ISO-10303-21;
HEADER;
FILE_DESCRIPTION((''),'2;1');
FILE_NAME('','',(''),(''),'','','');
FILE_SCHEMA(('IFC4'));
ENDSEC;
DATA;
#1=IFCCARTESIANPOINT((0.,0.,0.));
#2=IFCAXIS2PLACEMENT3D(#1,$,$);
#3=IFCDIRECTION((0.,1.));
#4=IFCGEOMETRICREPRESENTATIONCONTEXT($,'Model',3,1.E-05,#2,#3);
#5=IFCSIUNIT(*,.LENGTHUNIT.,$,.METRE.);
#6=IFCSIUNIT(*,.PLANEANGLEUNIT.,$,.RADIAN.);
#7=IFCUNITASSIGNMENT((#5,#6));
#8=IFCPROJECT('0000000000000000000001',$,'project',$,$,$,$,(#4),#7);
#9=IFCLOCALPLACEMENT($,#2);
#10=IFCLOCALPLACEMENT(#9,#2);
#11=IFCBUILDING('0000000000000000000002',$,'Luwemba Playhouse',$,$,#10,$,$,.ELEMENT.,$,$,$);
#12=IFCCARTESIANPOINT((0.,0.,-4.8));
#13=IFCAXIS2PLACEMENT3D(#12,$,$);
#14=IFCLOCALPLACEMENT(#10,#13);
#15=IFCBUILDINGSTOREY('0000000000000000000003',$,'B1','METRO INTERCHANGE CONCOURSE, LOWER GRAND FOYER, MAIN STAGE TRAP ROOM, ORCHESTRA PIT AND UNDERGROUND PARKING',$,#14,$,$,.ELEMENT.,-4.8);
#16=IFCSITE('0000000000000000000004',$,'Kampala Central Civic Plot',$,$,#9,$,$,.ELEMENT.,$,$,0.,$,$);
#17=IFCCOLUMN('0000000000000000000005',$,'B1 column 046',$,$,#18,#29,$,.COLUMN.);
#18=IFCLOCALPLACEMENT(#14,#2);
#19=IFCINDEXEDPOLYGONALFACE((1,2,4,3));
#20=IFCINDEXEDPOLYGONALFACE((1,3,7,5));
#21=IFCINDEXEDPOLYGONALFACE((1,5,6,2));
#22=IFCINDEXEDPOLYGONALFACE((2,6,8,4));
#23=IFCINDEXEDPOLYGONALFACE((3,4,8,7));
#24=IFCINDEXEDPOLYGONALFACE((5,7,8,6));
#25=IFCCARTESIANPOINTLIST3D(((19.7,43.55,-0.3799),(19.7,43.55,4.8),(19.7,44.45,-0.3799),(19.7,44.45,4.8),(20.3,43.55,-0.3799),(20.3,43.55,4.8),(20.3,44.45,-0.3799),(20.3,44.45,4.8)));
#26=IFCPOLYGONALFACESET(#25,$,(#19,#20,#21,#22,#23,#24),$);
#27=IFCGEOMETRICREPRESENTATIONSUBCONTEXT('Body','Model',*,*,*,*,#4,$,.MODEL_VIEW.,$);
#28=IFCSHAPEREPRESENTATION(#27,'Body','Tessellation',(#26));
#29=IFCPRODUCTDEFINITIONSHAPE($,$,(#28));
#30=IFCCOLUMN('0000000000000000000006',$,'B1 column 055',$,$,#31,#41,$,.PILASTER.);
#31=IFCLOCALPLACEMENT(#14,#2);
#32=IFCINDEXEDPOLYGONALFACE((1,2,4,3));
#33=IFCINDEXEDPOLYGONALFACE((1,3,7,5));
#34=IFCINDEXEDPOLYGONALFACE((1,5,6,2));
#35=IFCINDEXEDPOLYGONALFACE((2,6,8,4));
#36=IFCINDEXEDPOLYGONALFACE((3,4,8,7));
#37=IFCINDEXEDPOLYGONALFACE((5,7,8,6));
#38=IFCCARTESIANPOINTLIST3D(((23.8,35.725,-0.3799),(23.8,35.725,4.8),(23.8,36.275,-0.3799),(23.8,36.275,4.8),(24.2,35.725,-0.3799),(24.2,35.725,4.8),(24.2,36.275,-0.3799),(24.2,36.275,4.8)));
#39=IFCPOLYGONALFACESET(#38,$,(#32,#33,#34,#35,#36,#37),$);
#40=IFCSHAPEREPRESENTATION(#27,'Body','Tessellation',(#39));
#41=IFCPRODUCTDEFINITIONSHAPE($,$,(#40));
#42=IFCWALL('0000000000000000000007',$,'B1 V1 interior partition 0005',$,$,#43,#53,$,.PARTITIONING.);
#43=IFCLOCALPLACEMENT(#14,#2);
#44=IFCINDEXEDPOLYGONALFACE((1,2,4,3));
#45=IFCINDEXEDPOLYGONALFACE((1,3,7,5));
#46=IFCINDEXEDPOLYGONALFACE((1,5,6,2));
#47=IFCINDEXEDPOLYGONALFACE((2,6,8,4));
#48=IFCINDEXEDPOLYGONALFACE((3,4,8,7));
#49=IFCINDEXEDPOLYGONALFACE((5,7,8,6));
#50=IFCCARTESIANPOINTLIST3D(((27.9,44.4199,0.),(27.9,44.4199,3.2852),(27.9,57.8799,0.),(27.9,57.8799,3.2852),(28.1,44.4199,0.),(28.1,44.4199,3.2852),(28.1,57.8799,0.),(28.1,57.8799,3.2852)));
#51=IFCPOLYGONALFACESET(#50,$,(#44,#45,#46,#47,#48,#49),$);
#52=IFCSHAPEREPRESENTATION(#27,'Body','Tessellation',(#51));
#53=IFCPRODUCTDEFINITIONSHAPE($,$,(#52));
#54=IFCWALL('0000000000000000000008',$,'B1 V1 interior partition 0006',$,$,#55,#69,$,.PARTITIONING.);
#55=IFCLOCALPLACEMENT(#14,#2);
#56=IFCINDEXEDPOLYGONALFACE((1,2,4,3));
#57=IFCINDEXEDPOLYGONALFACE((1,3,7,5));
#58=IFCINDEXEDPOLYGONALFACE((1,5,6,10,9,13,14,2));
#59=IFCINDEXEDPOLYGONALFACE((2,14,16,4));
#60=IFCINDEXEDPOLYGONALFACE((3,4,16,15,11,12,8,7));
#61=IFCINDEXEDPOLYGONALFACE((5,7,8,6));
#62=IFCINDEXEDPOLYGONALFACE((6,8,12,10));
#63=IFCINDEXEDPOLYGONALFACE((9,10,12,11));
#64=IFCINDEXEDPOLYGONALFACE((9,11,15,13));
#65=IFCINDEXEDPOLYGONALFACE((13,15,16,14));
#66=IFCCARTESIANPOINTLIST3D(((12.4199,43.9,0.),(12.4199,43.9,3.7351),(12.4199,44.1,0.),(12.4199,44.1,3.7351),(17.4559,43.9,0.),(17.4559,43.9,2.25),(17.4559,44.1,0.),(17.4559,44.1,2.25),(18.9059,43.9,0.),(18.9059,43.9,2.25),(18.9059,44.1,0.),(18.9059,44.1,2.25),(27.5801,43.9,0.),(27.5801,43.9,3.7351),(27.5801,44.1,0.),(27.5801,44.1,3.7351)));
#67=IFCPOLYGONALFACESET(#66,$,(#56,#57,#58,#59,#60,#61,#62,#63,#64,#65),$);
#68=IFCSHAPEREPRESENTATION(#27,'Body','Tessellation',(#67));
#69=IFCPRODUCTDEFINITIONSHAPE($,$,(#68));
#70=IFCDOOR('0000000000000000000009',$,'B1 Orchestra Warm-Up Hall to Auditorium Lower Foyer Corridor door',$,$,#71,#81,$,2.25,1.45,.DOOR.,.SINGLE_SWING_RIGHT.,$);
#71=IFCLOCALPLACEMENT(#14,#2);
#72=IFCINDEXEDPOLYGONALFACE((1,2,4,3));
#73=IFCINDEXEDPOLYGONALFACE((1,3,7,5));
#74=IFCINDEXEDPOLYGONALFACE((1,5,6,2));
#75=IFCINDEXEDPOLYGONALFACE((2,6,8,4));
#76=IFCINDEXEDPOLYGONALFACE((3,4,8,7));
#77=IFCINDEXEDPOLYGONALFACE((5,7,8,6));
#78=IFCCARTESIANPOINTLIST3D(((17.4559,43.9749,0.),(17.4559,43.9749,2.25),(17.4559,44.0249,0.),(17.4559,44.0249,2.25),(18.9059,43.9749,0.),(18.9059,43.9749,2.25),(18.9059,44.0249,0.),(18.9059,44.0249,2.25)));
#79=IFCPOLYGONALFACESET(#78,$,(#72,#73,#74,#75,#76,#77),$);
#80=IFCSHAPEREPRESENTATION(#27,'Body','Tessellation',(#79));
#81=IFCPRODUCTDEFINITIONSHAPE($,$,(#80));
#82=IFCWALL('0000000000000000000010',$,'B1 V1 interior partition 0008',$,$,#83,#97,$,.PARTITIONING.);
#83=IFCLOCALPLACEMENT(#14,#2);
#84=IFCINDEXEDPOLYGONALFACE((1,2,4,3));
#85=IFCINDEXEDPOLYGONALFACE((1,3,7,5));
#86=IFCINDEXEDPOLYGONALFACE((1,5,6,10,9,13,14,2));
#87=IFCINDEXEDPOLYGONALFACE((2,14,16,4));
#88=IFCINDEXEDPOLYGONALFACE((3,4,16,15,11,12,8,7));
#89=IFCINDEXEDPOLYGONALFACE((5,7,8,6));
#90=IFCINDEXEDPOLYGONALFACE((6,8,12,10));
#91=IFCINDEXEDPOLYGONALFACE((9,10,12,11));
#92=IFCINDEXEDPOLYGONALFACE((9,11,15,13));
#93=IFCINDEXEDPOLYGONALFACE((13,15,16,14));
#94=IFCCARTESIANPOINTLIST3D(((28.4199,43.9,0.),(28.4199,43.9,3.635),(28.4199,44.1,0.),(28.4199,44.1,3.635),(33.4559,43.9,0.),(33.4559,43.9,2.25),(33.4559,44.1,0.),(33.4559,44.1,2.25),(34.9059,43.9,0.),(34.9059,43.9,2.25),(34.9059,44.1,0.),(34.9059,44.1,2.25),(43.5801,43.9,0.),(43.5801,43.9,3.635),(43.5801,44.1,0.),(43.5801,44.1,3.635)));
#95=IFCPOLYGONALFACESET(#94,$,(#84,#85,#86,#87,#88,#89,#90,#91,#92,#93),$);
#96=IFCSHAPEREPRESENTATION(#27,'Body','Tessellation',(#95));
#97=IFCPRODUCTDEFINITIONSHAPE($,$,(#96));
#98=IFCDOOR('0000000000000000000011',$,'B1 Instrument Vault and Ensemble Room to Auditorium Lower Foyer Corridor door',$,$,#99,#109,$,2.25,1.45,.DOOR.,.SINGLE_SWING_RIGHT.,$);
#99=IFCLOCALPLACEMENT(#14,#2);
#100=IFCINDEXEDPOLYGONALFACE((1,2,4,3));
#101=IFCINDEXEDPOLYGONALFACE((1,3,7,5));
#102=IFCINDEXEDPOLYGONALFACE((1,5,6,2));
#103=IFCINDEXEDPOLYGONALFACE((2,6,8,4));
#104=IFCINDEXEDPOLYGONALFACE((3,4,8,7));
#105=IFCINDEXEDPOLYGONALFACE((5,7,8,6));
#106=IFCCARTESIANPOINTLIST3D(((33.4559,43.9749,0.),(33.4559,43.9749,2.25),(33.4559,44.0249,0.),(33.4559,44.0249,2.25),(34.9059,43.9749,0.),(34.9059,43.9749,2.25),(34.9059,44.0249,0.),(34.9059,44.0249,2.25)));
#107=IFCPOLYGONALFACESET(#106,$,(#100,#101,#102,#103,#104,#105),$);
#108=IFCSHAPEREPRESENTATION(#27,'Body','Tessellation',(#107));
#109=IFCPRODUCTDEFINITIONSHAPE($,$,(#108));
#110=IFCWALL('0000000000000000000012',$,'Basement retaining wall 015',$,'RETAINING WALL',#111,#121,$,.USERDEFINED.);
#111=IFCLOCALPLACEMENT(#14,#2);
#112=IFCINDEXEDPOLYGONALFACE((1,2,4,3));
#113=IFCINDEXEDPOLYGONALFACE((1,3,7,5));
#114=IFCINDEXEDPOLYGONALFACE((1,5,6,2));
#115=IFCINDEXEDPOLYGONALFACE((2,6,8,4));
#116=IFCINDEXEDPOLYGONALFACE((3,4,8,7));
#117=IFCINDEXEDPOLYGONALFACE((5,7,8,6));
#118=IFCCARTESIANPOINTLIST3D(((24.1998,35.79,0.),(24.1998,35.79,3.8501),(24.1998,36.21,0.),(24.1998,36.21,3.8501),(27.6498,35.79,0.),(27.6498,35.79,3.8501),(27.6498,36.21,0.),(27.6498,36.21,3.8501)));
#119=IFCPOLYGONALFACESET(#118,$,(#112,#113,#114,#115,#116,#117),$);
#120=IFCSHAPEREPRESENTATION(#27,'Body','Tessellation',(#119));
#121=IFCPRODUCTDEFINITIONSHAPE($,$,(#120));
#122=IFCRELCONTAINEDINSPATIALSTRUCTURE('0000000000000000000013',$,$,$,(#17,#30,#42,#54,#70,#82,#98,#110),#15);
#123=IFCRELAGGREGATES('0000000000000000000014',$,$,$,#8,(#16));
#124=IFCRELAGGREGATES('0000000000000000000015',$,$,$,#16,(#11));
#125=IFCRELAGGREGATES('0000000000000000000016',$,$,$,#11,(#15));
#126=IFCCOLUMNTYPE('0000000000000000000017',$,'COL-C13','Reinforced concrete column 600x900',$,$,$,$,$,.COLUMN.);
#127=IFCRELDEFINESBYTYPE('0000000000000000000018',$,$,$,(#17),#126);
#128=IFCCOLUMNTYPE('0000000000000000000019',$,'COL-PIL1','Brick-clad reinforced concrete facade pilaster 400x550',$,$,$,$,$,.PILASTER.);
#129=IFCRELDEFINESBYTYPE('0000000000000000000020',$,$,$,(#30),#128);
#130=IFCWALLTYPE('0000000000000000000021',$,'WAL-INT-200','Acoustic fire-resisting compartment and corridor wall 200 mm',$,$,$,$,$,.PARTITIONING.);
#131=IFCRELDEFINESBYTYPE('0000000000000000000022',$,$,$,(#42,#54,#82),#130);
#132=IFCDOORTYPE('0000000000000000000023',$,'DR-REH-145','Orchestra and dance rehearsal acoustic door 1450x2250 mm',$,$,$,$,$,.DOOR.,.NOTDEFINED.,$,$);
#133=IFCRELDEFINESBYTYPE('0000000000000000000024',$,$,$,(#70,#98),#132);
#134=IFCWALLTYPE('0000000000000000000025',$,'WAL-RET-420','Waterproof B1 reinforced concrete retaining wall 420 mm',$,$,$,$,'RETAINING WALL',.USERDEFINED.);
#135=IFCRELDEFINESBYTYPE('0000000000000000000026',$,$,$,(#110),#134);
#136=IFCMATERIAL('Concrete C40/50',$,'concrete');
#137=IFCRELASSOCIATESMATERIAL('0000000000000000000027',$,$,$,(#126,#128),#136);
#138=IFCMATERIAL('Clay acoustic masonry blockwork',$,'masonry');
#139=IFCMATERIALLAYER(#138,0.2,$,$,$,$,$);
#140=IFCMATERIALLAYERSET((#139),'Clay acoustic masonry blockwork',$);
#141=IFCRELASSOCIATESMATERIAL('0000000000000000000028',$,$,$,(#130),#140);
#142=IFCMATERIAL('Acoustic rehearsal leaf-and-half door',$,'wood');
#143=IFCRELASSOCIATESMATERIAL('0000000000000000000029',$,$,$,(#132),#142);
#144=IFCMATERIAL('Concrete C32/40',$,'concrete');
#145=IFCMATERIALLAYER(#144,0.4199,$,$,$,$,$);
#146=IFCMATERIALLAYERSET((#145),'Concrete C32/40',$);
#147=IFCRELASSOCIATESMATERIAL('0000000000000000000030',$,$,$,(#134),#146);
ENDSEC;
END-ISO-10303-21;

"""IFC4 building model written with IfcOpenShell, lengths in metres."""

from ifc_helpers import new_model, si_unit, direction, frame, frame_2d, origin, origin_2d, place, context, subcontext, project, spatial, rectangle, extrude, material, layer, layer_set, material_profile, profile_set, type_object, element, fill, save


model = new_model("IFC4")

# Units and contexts
model_context = context("Model", 3, precision=1e-05, world=origin(), true_north=direction((0.0, 1.0)))
body_context = subcontext(model_context, "Body", "Model", "MODEL_VIEW")
ifc_project = project(units=[si_unit("LENGTHUNIT", "METRE"), si_unit("PLANEANGLEUNIT", "RADIAN")], contexts=[model_context])

# Site, building, storey
site_placement = place(None, origin())
site = spatial("IfcSite", under=ifc_project, at=site_placement, Name="Kampala Central Civic Plot", CompositionType="ELEMENT", RefElevation=0.0)
building_placement = place(site_placement, origin())
building = spatial("IfcBuilding", under=site, at=building_placement, Name="Luwemba Playhouse", CompositionType="ELEMENT")
storey_placement = place(building_placement, frame((0.0, 0.0, -4.8)))
storey = spatial("IfcBuildingStorey", under=building, at=storey_placement, Name="B1", Description="METRO INTERCHANGE CONCOURSE, LOWER GRAND FOYER, MAIN STAGE TRAP ROOM, ORCHESTRA PIT AND UNDERGROUND PARKING", CompositionType="ELEMENT", Elevation=-4.8)

# Shared definitions
ifc_material_1 = material(Name="Concrete C32/40", Category="concrete")

# Columns
ifc_material_2 = material(Name="Concrete C40/50", Category="concrete")
ifc_material_profile_1 = material_profile(ifc_material_2, rectangle(XDim=0.6001, YDim=0.8999, at=origin_2d()))
ifc_profile_set_1 = profile_set([ifc_material_profile_1], Name="Concrete C40/50")
column_type_1 = type_object("IfcColumnType", Name="COL-C13", Description="Reinforced concrete column 600x900", PredefinedType="COLUMN", material=ifc_profile_set_1)
column_1_placement = place(storey_placement, frame((20.0, 44.0, -0.3799), z_axis=(0.0, 0.0, 1.0), x_axis=(1.0, 0.0, 0.0)))
element("IfcColumn", 1, at=column_1_placement, inside=storey, type_object=column_type_1, Name="B1 column 046", PredefinedType="COLUMN", context=body_context, shape_type="SweptSolid", body=[
    extrude(rectangle(XDim=0.6001, YDim=0.8999, at=origin_2d()), origin(), (0.0, 0.0, 1.0), 5.1799),
])
ifc_material_profile_2 = material_profile(ifc_material_2, rectangle(XDim=0.3999, YDim=0.55, at=origin_2d()))
ifc_profile_set_2 = profile_set([ifc_material_profile_2], Name="Concrete C40/50")
column_type_2 = type_object("IfcColumnType", Name="COL-PIL1", Description="Brick-clad reinforced concrete facade pilaster 400x550", PredefinedType="PILASTER", material=ifc_profile_set_2)
column_2_placement = place(storey_placement, frame((24.0, 36.0, -0.3799), z_axis=(0.0, 0.0, 1.0), x_axis=(1.0, 0.0, 0.0)))
element("IfcColumn", 2, at=column_2_placement, inside=storey, type_object=column_type_2, Name="B1 column 055", PredefinedType="PILASTER", context=body_context, shape_type="SweptSolid", body=[
    extrude(rectangle(XDim=0.3999, YDim=0.55, at=origin_2d()), origin(), (0.0, 0.0, 1.0), 5.1799),
])

# Wall
ifc_material_3 = material(Name="Clay acoustic masonry blockwork", Category="masonry")
ifc_layer_1 = layer(ifc_material_3, 0.2)
ifc_layer_set_1 = layer_set([ifc_layer_1], Name="Clay acoustic masonry blockwork")
wall_type_1 = type_object("IfcWallType", Name="WAL-INT-200", Description="Acoustic fire-resisting compartment and corridor wall 200 mm", PredefinedType="PARTITIONING", material=ifc_layer_set_1)
wall_1_placement = place(storey_placement, frame((28.0, 44.4199, 0.0), z_axis=(0.0, 0.0, 1.0), x_axis=(0.0, 1.0, 0.0)))
element("IfcWall", 3, at=wall_1_placement, inside=storey, type_object=wall_type_1, Name="B1 V1 interior partition 0005", PredefinedType="PARTITIONING", context=body_context, shape_type="SweptSolid", body=[
    extrude(rectangle(XDim=13.46, YDim=0.2, at=frame_2d((6.73, 0.0))), origin(), (0.0, 0.0, 1.0), 3.2852),
])

# Walls, openings, doors
wall_2_placement = place(storey_placement, frame((12.4199, 44.0, 0.0), z_axis=(0.0, 0.0, 1.0), x_axis=(1.0, 0.0, 0.0)))
wall_2 = element("IfcWall", 4, at=wall_2_placement, inside=storey, type_object=wall_type_1, Name="B1 V1 interior partition 0006", PredefinedType="PARTITIONING", context=body_context, shape_type="SweptSolid", body=[
    extrude(rectangle(XDim=15.1602, YDim=0.2, at=frame_2d((7.5801, 0.0))), origin(), (0.0, 0.0, 1.0), 3.7351),
])
opening_1_placement = place(wall_2_placement, frame((5.0359, 0.0, 0.0)))
opening_1 = element("IfcOpeningElement", 5, at=opening_1_placement, cuts=wall_2, PredefinedType="OPENING", context=body_context, shape_type="SweptSolid", body=[
    extrude(rectangle(XDim=1.45, YDim=2.25, at=frame_2d((0.7251, 1.125))), frame((0.0, 0.1099, 0.0), z_axis=(0.0, -1.0, 0.0), x_axis=(1.0, 0.0, 0.0)), (0.0, 0.0, 1.0), 0.22),
])
ifc_material_4 = material(Name="Acoustic rehearsal leaf-and-half door", Category="wood")
door_type = type_object("IfcDoorType", Name="DR-REH-145", Description="Orchestra and dance rehearsal acoustic door 1450x2250 mm", OperationType="NOTDEFINED", PredefinedType="DOOR", material=ifc_material_4)
door_1_placement = place(opening_1_placement, origin())
door_1 = element("IfcDoor", 6, at=door_1_placement, inside=storey, type_object=door_type, Name="B1 Orchestra Warm-Up Hall to Auditorium Lower Foyer Corridor door", OperationType="SINGLE_SWING_RIGHT", OverallHeight=2.25, OverallWidth=1.45, PredefinedType="DOOR", context=body_context, shape_type="SweptSolid", body=[
    extrude(rectangle(XDim=1.45, YDim=2.25, at=frame_2d((0.7251, 1.125))), frame((0.0, 0.0249, 0.0), z_axis=(0.0, -1.0, 0.0), x_axis=(1.0, 0.0, 0.0)), (0.0, 0.0, 1.0), 0.05),
])
fill(opening_1, door_1)
wall_3_placement = place(storey_placement, frame((28.4199, 44.0, 0.0), z_axis=(0.0, 0.0, 1.0), x_axis=(1.0, 0.0, 0.0)))
wall_3 = element("IfcWall", 7, at=wall_3_placement, inside=storey, type_object=wall_type_1, Name="B1 V1 interior partition 0008", PredefinedType="PARTITIONING", context=body_context, shape_type="SweptSolid", body=[
    extrude(rectangle(XDim=15.1602, YDim=0.2, at=frame_2d((7.5801, 0.0))), origin(), (0.0, 0.0, 1.0), 3.635),
])
opening_2_placement = place(wall_3_placement, frame((5.0359, 0.0, 0.0)))
opening_2 = element("IfcOpeningElement", 8, at=opening_2_placement, cuts=wall_3, PredefinedType="OPENING", context=body_context, shape_type="SweptSolid", body=[
    extrude(rectangle(XDim=1.45, YDim=2.25, at=frame_2d((0.7251, 1.125))), frame((0.0, 0.1099, 0.0), z_axis=(0.0, -1.0, 0.0), x_axis=(1.0, 0.0, 0.0)), (0.0, 0.0, 1.0), 0.22),
])
door_2_placement = place(opening_2_placement, origin())
door_2 = element("IfcDoor", 9, at=door_2_placement, inside=storey, type_object=door_type, Name="B1 Instrument Vault and Ensemble Room to Auditorium Lower Foyer Corridor door", OperationType="SINGLE_SWING_RIGHT", OverallHeight=2.25, OverallWidth=1.45, PredefinedType="DOOR", context=body_context, shape_type="SweptSolid", body=[
    extrude(rectangle(XDim=1.45, YDim=2.25, at=frame_2d((0.7251, 1.125))), frame((0.0, 0.0249, 0.0), z_axis=(0.0, -1.0, 0.0), x_axis=(1.0, 0.0, 0.0)), (0.0, 0.0, 1.0), 0.05),
])
fill(opening_2, door_2)

# Wall
ifc_layer_2 = layer(ifc_material_1, 0.4199)
ifc_layer_set_2 = layer_set([ifc_layer_2], Name="Concrete C32/40")
wall_type_2 = type_object("IfcWallType", Name="WAL-RET-420", Description="Waterproof B1 reinforced concrete retaining wall 420 mm", ElementType="RETAINING WALL", PredefinedType="USERDEFINED", material=ifc_layer_set_2)
wall_4_placement = place(storey_placement, frame((27.6499, 36.0, 0.0), z_axis=(0.0, 0.0, 1.0), x_axis=(-1.0, 0.0, 0.0)))
element("IfcWall", 10, at=wall_4_placement, inside=storey, type_object=wall_type_2, Name="Basement retaining wall 015", ObjectType="RETAINING WALL", PredefinedType="USERDEFINED", context=body_context, shape_type="SweptSolid", body=[
    extrude(rectangle(XDim=3.45, YDim=0.4199, at=frame_2d((1.7251, 0.0))), origin(), (0.0, 0.0, 1.0), 3.8501),
])

save(model, "model.ifc")
